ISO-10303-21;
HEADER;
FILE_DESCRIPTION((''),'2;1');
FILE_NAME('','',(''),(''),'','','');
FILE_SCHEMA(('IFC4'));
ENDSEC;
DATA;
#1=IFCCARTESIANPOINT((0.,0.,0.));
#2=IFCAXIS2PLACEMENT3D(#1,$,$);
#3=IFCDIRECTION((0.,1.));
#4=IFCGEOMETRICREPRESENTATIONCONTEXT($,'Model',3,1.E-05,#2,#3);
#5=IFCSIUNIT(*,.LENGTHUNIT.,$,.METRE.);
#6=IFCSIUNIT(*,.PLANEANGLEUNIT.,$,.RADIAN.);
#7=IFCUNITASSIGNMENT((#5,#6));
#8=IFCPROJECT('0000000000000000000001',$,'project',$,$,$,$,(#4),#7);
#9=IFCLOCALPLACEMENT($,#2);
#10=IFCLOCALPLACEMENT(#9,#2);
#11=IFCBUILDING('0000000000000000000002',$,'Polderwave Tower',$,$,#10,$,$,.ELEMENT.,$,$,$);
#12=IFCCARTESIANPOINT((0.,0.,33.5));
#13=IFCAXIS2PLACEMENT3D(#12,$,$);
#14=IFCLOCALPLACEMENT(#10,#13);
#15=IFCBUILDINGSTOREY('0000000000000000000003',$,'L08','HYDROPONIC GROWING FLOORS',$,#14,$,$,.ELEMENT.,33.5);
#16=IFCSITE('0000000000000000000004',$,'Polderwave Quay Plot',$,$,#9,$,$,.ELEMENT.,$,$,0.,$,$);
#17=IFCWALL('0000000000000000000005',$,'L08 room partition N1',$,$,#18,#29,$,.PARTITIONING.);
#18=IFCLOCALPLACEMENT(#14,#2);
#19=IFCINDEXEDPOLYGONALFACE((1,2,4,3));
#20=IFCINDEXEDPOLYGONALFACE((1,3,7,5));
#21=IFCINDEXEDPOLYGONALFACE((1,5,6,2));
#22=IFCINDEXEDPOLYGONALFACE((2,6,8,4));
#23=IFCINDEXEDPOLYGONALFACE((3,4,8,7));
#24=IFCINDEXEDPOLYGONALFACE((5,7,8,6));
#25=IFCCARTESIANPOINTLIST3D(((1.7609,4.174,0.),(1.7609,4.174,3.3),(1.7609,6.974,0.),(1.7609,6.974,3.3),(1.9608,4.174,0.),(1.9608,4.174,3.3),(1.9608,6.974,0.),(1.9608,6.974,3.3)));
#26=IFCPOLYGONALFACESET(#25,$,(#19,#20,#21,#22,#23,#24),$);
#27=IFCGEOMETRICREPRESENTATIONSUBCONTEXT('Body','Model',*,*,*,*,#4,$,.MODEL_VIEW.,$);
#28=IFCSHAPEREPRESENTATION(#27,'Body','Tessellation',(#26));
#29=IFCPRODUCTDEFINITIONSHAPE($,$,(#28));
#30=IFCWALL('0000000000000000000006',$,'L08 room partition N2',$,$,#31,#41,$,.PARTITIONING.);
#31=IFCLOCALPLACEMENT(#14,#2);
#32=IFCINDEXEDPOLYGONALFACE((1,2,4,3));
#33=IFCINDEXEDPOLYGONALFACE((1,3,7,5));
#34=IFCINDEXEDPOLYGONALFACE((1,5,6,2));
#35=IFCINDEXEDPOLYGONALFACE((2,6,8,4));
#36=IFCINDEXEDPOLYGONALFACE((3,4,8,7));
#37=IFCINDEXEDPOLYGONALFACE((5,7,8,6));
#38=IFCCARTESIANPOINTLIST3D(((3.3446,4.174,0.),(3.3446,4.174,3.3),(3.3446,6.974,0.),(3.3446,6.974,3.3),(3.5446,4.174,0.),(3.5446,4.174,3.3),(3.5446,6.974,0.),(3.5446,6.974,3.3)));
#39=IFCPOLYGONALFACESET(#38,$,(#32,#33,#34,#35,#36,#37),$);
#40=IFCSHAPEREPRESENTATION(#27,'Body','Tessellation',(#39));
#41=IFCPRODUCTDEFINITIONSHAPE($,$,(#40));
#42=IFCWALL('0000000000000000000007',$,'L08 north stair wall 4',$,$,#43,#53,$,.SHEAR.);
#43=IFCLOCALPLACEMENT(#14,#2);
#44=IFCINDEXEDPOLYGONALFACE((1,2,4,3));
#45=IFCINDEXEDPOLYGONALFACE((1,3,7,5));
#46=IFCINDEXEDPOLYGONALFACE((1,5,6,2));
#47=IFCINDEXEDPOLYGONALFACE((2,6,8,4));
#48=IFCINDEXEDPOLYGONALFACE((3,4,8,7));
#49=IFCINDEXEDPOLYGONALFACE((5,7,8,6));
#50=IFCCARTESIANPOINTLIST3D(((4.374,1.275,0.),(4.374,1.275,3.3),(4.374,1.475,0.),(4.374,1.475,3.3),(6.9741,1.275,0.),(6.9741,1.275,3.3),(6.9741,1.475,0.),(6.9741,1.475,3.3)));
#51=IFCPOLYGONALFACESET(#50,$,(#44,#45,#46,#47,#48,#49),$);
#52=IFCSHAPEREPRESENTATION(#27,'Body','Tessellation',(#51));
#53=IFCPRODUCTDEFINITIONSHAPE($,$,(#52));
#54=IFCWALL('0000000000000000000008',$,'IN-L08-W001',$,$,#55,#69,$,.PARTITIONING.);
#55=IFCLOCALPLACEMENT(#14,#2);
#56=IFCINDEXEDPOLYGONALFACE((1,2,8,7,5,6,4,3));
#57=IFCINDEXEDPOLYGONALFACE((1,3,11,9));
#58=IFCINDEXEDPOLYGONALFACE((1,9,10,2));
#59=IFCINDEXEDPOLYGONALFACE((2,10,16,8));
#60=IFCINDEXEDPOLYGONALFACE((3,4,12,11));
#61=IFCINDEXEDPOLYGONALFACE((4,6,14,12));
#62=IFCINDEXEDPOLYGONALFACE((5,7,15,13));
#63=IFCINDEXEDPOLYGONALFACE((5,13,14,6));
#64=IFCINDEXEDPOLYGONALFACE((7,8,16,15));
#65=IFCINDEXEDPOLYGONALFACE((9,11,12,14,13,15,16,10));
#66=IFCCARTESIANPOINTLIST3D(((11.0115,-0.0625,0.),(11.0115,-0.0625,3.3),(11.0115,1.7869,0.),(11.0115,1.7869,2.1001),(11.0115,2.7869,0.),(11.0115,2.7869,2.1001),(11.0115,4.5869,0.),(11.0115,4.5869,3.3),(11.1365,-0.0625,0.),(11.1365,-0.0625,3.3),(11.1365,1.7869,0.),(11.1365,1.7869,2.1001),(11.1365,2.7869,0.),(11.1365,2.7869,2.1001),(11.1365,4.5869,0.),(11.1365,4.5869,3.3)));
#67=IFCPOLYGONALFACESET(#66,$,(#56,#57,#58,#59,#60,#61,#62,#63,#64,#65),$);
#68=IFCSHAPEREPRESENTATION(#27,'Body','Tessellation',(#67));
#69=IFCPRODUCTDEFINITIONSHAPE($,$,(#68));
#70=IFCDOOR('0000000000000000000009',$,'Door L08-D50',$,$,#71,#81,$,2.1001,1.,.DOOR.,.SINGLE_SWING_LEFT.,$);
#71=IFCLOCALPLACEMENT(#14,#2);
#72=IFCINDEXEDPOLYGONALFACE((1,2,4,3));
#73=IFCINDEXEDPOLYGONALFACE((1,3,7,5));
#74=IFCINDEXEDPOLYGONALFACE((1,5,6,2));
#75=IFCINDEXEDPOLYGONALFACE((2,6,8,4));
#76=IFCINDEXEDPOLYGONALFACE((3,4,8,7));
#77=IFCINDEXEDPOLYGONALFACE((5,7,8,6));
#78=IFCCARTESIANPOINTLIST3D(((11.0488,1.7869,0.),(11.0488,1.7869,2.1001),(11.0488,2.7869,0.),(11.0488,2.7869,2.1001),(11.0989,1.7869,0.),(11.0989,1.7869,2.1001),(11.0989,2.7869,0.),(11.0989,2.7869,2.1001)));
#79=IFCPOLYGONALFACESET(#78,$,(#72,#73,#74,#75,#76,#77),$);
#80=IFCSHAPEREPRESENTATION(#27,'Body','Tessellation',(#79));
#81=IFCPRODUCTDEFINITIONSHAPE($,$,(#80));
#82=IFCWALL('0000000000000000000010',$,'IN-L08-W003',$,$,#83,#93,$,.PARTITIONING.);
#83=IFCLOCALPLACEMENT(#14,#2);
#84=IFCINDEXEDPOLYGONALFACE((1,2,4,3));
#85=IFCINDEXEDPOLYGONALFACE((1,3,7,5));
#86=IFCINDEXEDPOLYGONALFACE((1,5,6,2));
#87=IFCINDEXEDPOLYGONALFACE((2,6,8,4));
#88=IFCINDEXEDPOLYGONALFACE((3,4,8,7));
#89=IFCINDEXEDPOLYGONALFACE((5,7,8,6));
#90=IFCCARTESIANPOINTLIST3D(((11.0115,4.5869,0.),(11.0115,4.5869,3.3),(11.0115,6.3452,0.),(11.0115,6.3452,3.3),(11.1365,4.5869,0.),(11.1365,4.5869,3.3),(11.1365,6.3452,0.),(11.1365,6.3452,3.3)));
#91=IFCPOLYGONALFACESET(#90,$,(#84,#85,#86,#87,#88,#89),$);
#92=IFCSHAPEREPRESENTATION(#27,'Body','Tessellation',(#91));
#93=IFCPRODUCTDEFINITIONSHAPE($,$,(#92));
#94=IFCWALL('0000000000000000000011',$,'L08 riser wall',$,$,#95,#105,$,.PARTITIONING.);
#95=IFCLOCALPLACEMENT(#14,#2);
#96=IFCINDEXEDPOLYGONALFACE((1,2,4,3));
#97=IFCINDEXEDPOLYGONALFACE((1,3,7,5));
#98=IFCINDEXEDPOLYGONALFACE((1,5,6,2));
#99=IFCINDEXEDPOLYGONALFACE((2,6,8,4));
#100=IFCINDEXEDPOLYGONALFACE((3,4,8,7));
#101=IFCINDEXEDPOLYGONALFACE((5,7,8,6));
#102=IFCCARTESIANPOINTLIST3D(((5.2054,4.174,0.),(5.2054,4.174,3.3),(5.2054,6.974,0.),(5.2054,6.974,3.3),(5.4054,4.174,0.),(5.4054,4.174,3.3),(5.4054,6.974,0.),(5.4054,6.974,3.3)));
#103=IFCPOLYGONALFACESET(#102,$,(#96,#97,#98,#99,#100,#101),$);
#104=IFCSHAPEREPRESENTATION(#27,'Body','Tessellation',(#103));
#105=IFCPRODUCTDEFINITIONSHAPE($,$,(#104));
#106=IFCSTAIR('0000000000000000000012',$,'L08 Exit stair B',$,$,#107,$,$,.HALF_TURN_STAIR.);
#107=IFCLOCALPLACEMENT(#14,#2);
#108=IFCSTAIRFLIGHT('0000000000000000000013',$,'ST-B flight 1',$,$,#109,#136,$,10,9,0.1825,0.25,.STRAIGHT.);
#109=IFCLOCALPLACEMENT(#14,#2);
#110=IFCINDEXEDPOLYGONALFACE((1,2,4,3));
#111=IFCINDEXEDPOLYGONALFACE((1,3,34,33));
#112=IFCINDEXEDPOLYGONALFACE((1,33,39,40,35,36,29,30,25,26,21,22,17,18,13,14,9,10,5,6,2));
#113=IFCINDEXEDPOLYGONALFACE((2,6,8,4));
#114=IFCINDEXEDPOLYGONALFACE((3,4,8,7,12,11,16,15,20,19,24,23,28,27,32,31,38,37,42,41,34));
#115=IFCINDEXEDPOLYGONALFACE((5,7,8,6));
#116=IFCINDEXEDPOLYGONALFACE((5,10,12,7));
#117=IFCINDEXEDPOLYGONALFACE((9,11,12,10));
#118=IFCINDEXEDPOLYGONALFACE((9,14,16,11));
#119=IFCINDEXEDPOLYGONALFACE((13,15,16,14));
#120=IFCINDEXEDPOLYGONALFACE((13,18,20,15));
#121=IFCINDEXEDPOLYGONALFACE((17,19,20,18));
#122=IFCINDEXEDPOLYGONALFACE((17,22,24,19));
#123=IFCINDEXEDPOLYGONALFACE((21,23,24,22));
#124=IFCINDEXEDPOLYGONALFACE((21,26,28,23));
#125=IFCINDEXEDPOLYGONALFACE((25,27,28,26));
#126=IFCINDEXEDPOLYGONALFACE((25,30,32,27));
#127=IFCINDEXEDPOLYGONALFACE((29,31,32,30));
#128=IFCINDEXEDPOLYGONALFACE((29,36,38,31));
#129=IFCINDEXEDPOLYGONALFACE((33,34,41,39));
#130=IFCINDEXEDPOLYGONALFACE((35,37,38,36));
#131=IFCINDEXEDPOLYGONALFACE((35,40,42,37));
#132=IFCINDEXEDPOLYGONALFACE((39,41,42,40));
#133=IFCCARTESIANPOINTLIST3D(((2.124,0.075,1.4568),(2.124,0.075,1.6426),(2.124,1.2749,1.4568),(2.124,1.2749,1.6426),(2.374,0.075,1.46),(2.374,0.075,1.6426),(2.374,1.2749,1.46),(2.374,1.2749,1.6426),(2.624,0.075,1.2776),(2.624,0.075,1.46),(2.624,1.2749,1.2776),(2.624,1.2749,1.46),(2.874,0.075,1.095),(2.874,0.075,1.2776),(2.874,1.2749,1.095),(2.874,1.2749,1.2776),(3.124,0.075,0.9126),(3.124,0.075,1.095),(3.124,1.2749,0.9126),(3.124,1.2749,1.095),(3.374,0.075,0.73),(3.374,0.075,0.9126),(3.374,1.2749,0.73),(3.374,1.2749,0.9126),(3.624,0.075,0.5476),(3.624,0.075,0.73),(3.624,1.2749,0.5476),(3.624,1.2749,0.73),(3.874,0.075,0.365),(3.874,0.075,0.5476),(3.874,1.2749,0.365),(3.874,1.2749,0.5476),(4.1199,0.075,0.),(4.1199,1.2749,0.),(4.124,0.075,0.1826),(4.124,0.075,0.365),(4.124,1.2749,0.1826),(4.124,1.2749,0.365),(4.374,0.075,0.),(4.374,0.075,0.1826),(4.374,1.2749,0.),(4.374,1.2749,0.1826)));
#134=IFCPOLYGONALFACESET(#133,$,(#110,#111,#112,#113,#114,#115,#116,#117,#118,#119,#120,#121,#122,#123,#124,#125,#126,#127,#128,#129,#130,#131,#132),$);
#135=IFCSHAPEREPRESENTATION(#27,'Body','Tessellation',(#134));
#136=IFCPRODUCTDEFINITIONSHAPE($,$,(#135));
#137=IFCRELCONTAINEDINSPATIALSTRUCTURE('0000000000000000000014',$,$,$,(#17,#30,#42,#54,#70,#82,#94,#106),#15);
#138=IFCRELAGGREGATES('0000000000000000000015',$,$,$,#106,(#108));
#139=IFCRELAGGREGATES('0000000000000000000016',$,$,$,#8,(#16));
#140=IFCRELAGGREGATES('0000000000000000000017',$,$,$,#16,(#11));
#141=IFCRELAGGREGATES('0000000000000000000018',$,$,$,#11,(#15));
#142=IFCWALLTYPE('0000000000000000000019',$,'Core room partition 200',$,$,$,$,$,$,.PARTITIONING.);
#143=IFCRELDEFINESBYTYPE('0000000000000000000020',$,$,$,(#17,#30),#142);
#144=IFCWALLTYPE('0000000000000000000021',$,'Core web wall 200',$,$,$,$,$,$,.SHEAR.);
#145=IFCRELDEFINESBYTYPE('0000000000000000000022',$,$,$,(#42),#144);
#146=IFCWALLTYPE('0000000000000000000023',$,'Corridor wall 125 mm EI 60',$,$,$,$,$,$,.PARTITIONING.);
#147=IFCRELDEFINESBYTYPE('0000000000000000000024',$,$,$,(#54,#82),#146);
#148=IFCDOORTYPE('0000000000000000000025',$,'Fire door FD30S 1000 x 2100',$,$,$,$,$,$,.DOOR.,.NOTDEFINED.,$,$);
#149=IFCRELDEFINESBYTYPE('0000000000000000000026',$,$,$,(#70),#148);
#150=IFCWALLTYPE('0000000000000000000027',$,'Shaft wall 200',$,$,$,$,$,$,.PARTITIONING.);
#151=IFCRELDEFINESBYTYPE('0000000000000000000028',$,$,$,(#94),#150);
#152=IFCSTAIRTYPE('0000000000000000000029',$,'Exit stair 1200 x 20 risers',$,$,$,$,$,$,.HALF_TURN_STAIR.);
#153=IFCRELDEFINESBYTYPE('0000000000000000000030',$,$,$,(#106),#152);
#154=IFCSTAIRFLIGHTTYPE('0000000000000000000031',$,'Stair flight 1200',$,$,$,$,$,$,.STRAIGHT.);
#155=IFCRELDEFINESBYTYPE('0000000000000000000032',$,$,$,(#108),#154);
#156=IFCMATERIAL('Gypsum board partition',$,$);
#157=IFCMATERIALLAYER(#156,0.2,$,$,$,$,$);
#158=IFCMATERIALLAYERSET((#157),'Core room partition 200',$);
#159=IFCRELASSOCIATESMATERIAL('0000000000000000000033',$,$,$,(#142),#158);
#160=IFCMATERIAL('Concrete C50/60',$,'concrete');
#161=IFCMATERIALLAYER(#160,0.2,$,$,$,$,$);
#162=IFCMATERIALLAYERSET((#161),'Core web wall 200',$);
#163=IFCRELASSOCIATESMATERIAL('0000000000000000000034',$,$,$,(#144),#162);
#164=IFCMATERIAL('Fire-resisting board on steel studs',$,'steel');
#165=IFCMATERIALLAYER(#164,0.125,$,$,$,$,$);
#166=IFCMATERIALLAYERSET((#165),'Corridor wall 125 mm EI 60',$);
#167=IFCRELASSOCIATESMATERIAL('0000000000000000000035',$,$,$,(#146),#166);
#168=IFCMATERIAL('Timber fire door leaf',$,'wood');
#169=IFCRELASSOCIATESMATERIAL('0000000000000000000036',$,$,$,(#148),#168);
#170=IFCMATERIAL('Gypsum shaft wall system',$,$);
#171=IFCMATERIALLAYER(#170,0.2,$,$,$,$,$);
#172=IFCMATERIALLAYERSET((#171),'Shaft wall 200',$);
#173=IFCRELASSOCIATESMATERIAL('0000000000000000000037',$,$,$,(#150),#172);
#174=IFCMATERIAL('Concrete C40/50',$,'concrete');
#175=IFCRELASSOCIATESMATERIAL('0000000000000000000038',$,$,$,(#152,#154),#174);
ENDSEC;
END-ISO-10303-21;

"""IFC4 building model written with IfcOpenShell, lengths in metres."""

from ifc_helpers import new_model, si_unit, direction, frame, frame_2d, origin, place, context, subcontext, project, spatial, polyline, rectangle, outline, extrude, material, layer, layer_set, type_object, element, fill, aggregate, save


model = new_model("IFC4")

# Units and contexts
model_context = context("Model", 3, precision=1e-05, world=origin(), true_north=direction((0.0, 1.0)))
body_context = subcontext(model_context, "Body", "Model", "MODEL_VIEW")
ifc_project = project(units=[si_unit("LENGTHUNIT", "METRE"), si_unit("PLANEANGLEUNIT", "RADIAN")], contexts=[model_context])

# Site, building, storey
site_placement = place(None, origin())
site = spatial("IfcSite", under=ifc_project, at=site_placement, Name="Polderwave Quay Plot", CompositionType="ELEMENT", RefElevation=0.0)
building_placement = place(site_placement, origin())
building = spatial("IfcBuilding", under=site, at=building_placement, Name="Polderwave Tower", CompositionType="ELEMENT")
storey_placement = place(building_placement, frame((0.0, 0.0, 33.5)))
storey = spatial("IfcBuildingStorey", under=building, at=storey_placement, Name="L08", Description="HYDROPONIC GROWING FLOORS", CompositionType="ELEMENT", Elevation=33.5)

# Walls
ifc_material_1 = material(Name="Gypsum board partition")
ifc_layer_1 = layer(ifc_material_1, 0.2)
ifc_layer_set_1 = layer_set([ifc_layer_1], Name="Core room partition 200")
wall_type_1 = type_object("IfcWallType", Name="Core room partition 200", PredefinedType="PARTITIONING", material=ifc_layer_set_1)
for number, where, z_axis, x_axis, name in (
    (1, (1.8608, 4.1741, 0.0), (0.0, 0.0, 1.0), (0.0, 1.0, 0.0), "L08 room partition N1"),
    (2, (3.4446, 4.1741, 0.0), (0.0, 0.0, 1.0), (0.0, 1.0, 0.0), "L08 room partition N2"),
):
    element("IfcWall", number, at=place(storey_placement, frame(where, z_axis=z_axis, x_axis=x_axis)), inside=storey, type_object=wall_type_1, Name=name, PredefinedType="PARTITIONING", context=body_context, shape_type="SweptSolid", body=[
        extrude(rectangle(XDim=2.8, YDim=0.2, at=frame_2d((1.3999, 0.0))), origin(), (0.0, 0.0, 1.0), 3.3),
    ])
ifc_material_2 = material(Name="Concrete C50/60", Category="concrete")
ifc_layer_2 = layer(ifc_material_2, 0.2)
ifc_layer_set_2 = layer_set([ifc_layer_2], Name="Core web wall 200")
wall_type_2 = type_object("IfcWallType", Name="Core web wall 200", PredefinedType="SHEAR", material=ifc_layer_set_2)
wall_1_placement = place(storey_placement, frame((4.374, 1.375, 0.0), z_axis=(0.0, 0.0, 1.0), x_axis=(1.0, 0.0, 0.0)))
element("IfcWall", 3, at=wall_1_placement, inside=storey, type_object=wall_type_2, Name="L08 north stair wall 4", PredefinedType="SHEAR", context=body_context, shape_type="SweptSolid", body=[
    extrude(rectangle(XDim=2.6001, YDim=0.2, at=frame_2d((1.3, 0.0))), origin(), (0.0, 0.0, 1.0), 3.3),
])

# Wall, opening, door
ifc_material_3 = material(Name="Fire-resisting board on steel studs", Category="steel")
ifc_layer_3 = layer(ifc_material_3, 0.125)
ifc_layer_set_3 = layer_set([ifc_layer_3], Name="Corridor wall 125 mm EI 60")
wall_type_3 = type_object("IfcWallType", Name="Corridor wall 125 mm EI 60", PredefinedType="PARTITIONING", material=ifc_layer_set_3)
wall_2_placement = place(storey_placement, frame((11.074, 4.5869, 0.0), z_axis=(0.0, 0.0, 1.0), x_axis=(0.0, -1.0, 0.0)))
wall_2 = element("IfcWall", 4, at=wall_2_placement, inside=storey, type_object=wall_type_3, Name="IN-L08-W001", PredefinedType="PARTITIONING", context=body_context, shape_type="SweptSolid", body=[
    extrude(rectangle(XDim=4.6494, YDim=0.125, at=frame_2d((2.3247, 0.0))), origin(), (0.0, 0.0, 1.0), 3.3),
])
opening_placement = place(wall_2_placement, frame((1.8, 0.0, 0.0)))
opening = element("IfcOpeningElement", 5, at=opening_placement, cuts=wall_2, PredefinedType="OPENING", context=body_context, shape_type="SweptSolid", body=[
    extrude(rectangle(XDim=1.0, YDim=2.1001, at=frame_2d((0.5, 1.05))), frame((0.0, 0.0725, 0.0), z_axis=(0.0, -1.0, 0.0), x_axis=(1.0, 0.0, 0.0)), (0.0, 0.0, 1.0), 0.145),
])
ifc_material_4 = material(Name="Timber fire door leaf", Category="wood")
door_type = type_object("IfcDoorType", Name="Fire door FD30S 1000 x 2100", OperationType="NOTDEFINED", PredefinedType="DOOR", material=ifc_material_4)
door_placement = place(opening_placement, origin())
door = element("IfcDoor", 6, at=door_placement, inside=storey, type_object=door_type, Name="Door L08-D50", OperationType="SINGLE_SWING_LEFT", OverallHeight=2.1001, OverallWidth=1.0, PredefinedType="DOOR", context=body_context, shape_type="SweptSolid", body=[
    extrude(rectangle(XDim=1.0, YDim=2.1001, at=frame_2d((0.5, 1.05))), frame((0.0, 0.0249, 0.0), z_axis=(0.0, -1.0, 0.0), x_axis=(1.0, 0.0, 0.0)), (0.0, 0.0, 1.0), 0.05),
])
fill(opening, door)

# Walls
wall_3_placement = place(storey_placement, frame((11.074, 6.3452, 0.0), z_axis=(0.0, 0.0, 1.0), x_axis=(0.0, -1.0, 0.0)))
element("IfcWall", 7, at=wall_3_placement, inside=storey, type_object=wall_type_3, Name="IN-L08-W003", PredefinedType="PARTITIONING", context=body_context, shape_type="SweptSolid", body=[
    extrude(rectangle(XDim=1.7583, YDim=0.125, at=frame_2d((0.8792, 0.0))), origin(), (0.0, 0.0, 1.0), 3.3),
])
ifc_material_5 = material(Name="Gypsum shaft wall system")
ifc_layer_4 = layer(ifc_material_5, 0.2)
ifc_layer_set_4 = layer_set([ifc_layer_4], Name="Shaft wall 200")
wall_type_4 = type_object("IfcWallType", Name="Shaft wall 200", PredefinedType="PARTITIONING", material=ifc_layer_set_4)
wall_4_placement = place(storey_placement, frame((5.3054, 4.1741, 0.0), z_axis=(0.0, 0.0, 1.0), x_axis=(0.0, 1.0, 0.0)))
element("IfcWall", 8, at=wall_4_placement, inside=storey, type_object=wall_type_4, Name="L08 riser wall", PredefinedType="PARTITIONING", context=body_context, shape_type="SweptSolid", body=[
    extrude(rectangle(XDim=2.8, YDim=0.2, at=frame_2d((1.3999, 0.0))), origin(), (0.0, 0.0, 1.0), 3.3),
])

# Stair, stair flight
ifc_material_6 = material(Name="Concrete C40/50", Category="concrete")
stair_type = type_object("IfcStairType", Name="Exit stair 1200 x 20 risers", PredefinedType="HALF_TURN_STAIR", material=ifc_material_6)
stair_placement = place(storey_placement, origin())
stair = element("IfcStair", 9, at=stair_placement, inside=storey, type_object=stair_type, Name="L08 Exit stair B", PredefinedType="HALF_TURN_STAIR")
stair_flight_type = type_object("IfcStairFlightType", Name="Stair flight 1200", PredefinedType="STRAIGHT", material=ifc_material_6)
stair_flight_placement = place(storey_placement, frame((4.374, 0.675, 0.0), z_axis=(0.0, 0.0, 1.0), x_axis=(-1.0, 0.0, 0.0)))
stair_flight = element("IfcStairFlight", 10, at=stair_flight_placement, type_object=stair_flight_type, Name="ST-B flight 1", NumberOfRisers=10, NumberOfTreads=9, PredefinedType="STRAIGHT", RiserHeight=0.1825, TreadLength=0.25, context=body_context, shape_type="SweptSolid", body=[
    extrude(outline(polyline([(0.0, 0.0), (0.0, 0.1826), (0.25, 0.1826), (0.25, 0.365), (0.5, 0.365), (0.5, 0.5476), (0.75, 0.5476), (0.75, 0.73), (1.0, 0.73), (1.0, 0.9126), (1.25, 0.9126), (1.25, 1.095), (1.5, 1.095), (1.5, 1.2776), (1.75, 1.2776), (1.75, 1.46), (2.0, 1.46), (2.0, 1.6426), (2.25, 1.6426), (2.25, 1.825), (2.25, 1.4568), (0.2542, 0.0), (0.0, 0.0)])), frame((0.0, 0.6001, 0.0), z_axis=(0.0, -1.0, 0.0), x_axis=(1.0, 0.0, 0.0)), (0.0, 0.0, 1.0), 1.2),
])
aggregate(stair, [stair_flight])

save(model, "model.ifc")
